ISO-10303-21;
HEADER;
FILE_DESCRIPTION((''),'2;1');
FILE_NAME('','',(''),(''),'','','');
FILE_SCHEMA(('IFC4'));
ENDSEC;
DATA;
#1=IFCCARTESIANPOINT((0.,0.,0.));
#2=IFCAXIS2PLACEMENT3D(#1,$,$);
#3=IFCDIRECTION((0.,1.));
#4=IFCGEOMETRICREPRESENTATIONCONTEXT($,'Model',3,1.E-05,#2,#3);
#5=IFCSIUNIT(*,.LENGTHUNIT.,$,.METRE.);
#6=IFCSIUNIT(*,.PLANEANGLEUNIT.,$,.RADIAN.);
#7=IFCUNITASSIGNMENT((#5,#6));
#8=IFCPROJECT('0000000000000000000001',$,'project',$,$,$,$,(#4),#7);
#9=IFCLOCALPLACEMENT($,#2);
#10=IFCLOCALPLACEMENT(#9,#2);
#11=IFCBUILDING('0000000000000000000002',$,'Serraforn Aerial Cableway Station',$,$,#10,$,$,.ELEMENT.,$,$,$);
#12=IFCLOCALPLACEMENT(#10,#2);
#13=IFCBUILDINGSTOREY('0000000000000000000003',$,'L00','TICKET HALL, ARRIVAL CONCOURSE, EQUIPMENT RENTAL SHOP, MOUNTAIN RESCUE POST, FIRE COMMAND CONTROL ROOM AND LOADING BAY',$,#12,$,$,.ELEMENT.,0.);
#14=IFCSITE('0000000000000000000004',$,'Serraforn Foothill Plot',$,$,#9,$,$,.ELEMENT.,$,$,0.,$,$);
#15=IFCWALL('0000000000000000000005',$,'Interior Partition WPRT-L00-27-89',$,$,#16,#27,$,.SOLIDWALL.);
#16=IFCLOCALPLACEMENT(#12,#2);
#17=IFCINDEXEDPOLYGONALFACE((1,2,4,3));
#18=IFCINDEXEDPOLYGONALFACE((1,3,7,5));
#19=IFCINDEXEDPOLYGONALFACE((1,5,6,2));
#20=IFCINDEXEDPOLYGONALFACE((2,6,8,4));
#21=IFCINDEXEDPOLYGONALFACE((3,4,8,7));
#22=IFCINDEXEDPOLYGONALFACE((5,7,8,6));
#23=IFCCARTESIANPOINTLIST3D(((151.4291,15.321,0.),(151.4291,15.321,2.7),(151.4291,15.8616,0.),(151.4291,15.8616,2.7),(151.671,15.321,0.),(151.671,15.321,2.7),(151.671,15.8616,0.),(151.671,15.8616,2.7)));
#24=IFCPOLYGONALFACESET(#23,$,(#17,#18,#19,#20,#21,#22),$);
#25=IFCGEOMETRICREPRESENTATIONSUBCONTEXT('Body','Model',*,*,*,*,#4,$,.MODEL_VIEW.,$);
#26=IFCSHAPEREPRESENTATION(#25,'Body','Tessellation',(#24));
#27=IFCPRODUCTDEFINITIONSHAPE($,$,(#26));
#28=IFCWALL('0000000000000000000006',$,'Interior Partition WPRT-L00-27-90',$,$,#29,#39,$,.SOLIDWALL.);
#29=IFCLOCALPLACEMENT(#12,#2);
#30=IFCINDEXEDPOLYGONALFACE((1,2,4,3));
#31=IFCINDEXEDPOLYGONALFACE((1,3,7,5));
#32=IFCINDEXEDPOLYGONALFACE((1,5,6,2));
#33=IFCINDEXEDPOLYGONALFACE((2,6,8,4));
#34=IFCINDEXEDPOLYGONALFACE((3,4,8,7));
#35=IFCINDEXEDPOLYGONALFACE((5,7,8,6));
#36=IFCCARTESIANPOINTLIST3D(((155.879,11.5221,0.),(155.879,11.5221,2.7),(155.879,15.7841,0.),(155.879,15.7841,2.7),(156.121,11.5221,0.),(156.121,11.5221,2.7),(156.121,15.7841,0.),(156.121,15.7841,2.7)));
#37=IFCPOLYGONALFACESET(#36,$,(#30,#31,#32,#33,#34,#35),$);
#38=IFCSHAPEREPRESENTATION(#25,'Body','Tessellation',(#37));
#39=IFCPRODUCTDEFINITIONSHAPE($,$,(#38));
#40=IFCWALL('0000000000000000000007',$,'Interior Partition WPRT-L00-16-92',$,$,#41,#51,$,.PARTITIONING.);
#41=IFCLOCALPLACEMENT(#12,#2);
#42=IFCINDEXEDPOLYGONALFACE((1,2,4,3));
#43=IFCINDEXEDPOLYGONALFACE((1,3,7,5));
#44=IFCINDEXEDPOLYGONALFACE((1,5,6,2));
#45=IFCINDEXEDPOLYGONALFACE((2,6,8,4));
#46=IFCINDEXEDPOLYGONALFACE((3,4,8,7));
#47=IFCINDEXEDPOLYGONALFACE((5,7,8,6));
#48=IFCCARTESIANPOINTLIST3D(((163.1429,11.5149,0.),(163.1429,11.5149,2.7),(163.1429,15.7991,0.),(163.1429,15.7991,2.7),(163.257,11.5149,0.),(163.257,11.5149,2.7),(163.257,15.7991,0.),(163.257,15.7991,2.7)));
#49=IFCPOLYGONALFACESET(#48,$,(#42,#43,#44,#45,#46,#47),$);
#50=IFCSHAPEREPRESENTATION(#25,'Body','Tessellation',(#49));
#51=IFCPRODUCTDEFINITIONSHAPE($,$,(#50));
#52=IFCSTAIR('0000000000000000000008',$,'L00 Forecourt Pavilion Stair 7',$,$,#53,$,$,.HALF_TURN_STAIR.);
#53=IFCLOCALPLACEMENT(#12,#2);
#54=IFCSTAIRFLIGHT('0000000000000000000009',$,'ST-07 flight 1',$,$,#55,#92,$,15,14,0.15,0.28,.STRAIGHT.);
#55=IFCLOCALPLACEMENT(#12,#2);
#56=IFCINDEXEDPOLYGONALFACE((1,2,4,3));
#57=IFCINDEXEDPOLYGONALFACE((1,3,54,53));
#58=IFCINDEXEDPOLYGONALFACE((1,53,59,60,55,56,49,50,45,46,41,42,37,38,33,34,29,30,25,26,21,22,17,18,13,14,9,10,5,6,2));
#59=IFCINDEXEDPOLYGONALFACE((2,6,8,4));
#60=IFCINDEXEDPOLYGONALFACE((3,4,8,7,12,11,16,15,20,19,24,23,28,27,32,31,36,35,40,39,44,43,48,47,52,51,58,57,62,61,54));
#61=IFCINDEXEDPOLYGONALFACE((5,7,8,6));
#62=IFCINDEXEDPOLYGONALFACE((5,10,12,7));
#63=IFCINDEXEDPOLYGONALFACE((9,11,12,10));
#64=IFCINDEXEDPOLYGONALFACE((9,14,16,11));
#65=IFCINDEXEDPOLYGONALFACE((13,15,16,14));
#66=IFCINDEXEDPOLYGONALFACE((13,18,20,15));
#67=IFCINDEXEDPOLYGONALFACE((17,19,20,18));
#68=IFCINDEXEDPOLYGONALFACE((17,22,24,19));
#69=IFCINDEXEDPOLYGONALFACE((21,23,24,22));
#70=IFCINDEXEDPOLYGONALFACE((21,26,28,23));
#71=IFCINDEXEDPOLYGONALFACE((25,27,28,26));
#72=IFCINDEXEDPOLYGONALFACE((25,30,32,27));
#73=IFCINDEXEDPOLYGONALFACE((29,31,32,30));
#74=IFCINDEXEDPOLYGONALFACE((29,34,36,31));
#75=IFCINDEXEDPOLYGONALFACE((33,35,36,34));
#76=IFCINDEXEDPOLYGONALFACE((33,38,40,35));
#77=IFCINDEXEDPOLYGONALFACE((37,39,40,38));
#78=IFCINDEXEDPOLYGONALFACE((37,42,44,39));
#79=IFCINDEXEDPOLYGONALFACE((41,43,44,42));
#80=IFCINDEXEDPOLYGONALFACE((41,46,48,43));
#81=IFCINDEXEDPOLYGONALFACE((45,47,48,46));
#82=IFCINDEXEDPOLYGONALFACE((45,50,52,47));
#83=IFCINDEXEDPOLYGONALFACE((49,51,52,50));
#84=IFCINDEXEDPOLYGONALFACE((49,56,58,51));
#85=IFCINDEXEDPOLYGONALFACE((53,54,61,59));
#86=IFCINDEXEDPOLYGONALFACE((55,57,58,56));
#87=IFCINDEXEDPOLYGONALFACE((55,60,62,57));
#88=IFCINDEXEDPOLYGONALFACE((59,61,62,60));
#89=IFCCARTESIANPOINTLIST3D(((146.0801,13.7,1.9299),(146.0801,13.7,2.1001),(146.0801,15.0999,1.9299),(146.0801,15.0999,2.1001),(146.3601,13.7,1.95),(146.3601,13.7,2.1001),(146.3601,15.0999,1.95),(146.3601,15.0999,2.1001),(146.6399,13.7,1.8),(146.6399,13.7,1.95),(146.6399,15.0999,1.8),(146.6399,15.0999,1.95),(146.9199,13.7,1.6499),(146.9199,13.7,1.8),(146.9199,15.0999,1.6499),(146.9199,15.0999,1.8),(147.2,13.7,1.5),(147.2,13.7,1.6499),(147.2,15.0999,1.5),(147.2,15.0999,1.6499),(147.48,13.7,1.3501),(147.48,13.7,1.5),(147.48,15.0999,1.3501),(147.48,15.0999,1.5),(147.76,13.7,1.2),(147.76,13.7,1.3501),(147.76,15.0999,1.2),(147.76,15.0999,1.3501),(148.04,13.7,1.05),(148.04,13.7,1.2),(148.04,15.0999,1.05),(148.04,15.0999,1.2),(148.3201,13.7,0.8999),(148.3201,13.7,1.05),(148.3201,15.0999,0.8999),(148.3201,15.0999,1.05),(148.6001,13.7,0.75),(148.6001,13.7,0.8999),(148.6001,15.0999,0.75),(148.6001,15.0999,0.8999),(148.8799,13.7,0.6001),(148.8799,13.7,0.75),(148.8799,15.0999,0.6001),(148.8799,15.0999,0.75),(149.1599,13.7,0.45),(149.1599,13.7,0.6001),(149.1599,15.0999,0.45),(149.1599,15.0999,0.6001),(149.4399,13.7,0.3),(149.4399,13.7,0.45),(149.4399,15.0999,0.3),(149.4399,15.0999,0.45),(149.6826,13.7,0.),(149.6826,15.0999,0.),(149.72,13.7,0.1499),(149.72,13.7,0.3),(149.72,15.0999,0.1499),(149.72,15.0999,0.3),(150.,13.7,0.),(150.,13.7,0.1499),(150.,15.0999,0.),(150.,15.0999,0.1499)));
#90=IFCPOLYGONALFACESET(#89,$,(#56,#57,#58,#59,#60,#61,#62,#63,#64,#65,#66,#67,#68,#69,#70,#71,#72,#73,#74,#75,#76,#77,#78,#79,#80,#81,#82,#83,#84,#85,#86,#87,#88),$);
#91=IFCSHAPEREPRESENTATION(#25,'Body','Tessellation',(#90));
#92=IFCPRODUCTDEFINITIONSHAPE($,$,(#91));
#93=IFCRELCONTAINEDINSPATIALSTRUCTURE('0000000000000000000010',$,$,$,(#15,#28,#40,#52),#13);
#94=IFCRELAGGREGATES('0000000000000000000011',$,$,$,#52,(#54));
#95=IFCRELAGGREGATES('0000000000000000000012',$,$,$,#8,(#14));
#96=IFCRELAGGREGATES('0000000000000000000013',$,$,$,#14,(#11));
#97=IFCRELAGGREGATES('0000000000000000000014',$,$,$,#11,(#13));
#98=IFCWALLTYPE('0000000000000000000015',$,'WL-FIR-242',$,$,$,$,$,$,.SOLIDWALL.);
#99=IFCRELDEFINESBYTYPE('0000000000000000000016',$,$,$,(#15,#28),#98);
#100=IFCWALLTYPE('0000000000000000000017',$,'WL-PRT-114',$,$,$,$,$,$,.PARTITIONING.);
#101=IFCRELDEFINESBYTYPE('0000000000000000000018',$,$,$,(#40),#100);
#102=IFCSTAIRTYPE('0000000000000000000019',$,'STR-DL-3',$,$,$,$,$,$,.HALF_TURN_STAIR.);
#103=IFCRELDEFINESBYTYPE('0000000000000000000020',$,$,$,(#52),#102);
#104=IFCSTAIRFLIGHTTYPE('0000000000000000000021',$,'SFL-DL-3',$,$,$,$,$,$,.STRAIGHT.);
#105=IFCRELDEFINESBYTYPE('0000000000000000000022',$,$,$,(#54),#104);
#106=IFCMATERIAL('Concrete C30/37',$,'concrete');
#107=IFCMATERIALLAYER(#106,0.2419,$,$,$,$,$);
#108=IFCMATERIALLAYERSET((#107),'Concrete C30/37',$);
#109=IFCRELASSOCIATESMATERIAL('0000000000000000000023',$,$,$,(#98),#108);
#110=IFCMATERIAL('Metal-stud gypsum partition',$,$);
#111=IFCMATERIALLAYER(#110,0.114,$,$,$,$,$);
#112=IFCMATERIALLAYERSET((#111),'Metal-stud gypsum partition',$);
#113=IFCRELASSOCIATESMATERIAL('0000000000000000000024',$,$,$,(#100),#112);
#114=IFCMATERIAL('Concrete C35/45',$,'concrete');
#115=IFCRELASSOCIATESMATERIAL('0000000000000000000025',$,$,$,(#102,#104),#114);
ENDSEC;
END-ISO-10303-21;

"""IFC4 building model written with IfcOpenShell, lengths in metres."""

from ifc_helpers import new_model, si_unit, direction, frame, frame_2d, origin, place, context, subcontext, project, spatial, polyline, rectangle, outline, extrude, material, layer, layer_set, type_object, element, aggregate, save


model = new_model("IFC4")

# Units and contexts
model_context = context("Model", 3, precision=1e-05, world=origin(), true_north=direction((0.0, 1.0)))
body_context = subcontext(model_context, "Body", "Model", "MODEL_VIEW")
ifc_project = project(units=[si_unit("LENGTHUNIT", "METRE"), si_unit("PLANEANGLEUNIT", "RADIAN")], contexts=[model_context])

# Site, building, storey
site_placement = place(None, origin())
site = spatial("IfcSite", under=ifc_project, at=site_placement, Name="Serraforn Foothill Plot", CompositionType="ELEMENT", RefElevation=0.0)
building_placement = place(site_placement, origin())
building = spatial("IfcBuilding", under=site, at=building_placement, Name="Serraforn Aerial Cableway Station", CompositionType="ELEMENT")
storey_placement = place(building_placement, origin())
storey = spatial("IfcBuildingStorey", under=building, at=storey_placement, Name="L00", Description="TICKET HALL, ARRIVAL CONCOURSE, EQUIPMENT RENTAL SHOP, MOUNTAIN RESCUE POST, FIRE COMMAND CONTROL ROOM AND LOADING BAY", CompositionType="ELEMENT", Elevation=0.0)

# Shared definitions
ifc_material_1 = material(Name="Concrete C35/45", Category="concrete")

# Walls
ifc_material_2 = material(Name="Concrete C30/37", Category="concrete")
ifc_layer_1 = layer(ifc_material_2, 0.2419)
ifc_layer_set_1 = layer_set([ifc_layer_1], Name="Concrete C30/37")
wall_type_1 = type_object("IfcWallType", Name="WL-FIR-242", PredefinedType="SOLIDWALL", material=ifc_layer_set_1)
wall_1_placement = place(storey_placement, frame((151.55, 15.321, 0.0), z_axis=(0.0, 0.0, 1.0), x_axis=(0.0, 1.0, 0.0)))
element("IfcWall", 1, at=wall_1_placement, inside=storey, type_object=wall_type_1, Name="Interior Partition WPRT-L00-27-89", PredefinedType="SOLIDWALL", context=body_context, shape_type="SweptSolid", body=[
    extrude(rectangle(XDim=0.5405, YDim=0.2419, at=frame_2d((0.2703, 0.0))), origin(), (0.0, 0.0, 1.0), 2.7),
])
wall_2_placement = place(storey_placement, frame((156.0, 15.7839, 0.0), z_axis=(0.0, 0.0, 1.0), x_axis=(0.0, -1.0, 0.0)))
element("IfcWall", 2, at=wall_2_placement, inside=storey, type_object=wall_type_1, Name="Interior Partition WPRT-L00-27-90", PredefinedType="SOLIDWALL", context=body_context, shape_type="SweptSolid", body=[
    extrude(rectangle(XDim=4.262, YDim=0.2419, at=frame_2d((2.1309, 0.0))), origin(), (0.0, 0.0, 1.0), 2.7),
])
ifc_material_3 = material(Name="Metal-stud gypsum partition")
ifc_layer_2 = layer(ifc_material_3, 0.114)
ifc_layer_set_2 = layer_set([ifc_layer_2], Name="Metal-stud gypsum partition")
wall_type_2 = type_object("IfcWallType", Name="WL-PRT-114", PredefinedType="PARTITIONING", material=ifc_layer_set_2)
wall_3_placement = place(storey_placement, frame((163.2, 15.7991, 0.0), z_axis=(0.0, 0.0, 1.0), x_axis=(0.0, -1.0, 0.0)))
element("IfcWall", 3, at=wall_3_placement, inside=storey, type_object=wall_type_2, Name="Interior Partition WPRT-L00-16-92", PredefinedType="PARTITIONING", context=body_context, shape_type="SweptSolid", body=[
    extrude(rectangle(XDim=4.2842, YDim=0.114, at=frame_2d((2.1421, 0.0))), origin(), (0.0, 0.0, 1.0), 2.7),
])

# Stair, stair flight
stair_type = type_object("IfcStairType", Name="STR-DL-3", PredefinedType="HALF_TURN_STAIR", material=ifc_material_1)
stair_placement = place(storey_placement, origin())
stair = element("IfcStair", 4, at=stair_placement, inside=storey, type_object=stair_type, Name="L00 Forecourt Pavilion Stair 7", PredefinedType="HALF_TURN_STAIR")
stair_flight_type = type_object("IfcStairFlightType", Name="SFL-DL-3", PredefinedType="STRAIGHT", material=ifc_material_1)
stair_flight_placement = place(storey_placement, frame((150.0, 14.3999, 0.0), z_axis=(0.0, 0.0, 1.0), x_axis=(-1.0, 0.0, 0.0)))
stair_flight = element("IfcStairFlight", 5, at=stair_flight_placement, type_object=stair_flight_type, Name="ST-07 flight 1", NumberOfRisers=15, NumberOfTreads=14, PredefinedType="STRAIGHT", RiserHeight=0.15, TreadLength=0.28, context=body_context, shape_type="SweptSolid", body=[
    extrude(outline(polyline([(0.0, 0.0), (0.0, 0.1499), (0.28, 0.1499), (0.28, 0.3), (0.5601, 0.3), (0.5601, 0.45), (0.8401, 0.45), (0.8401, 0.6001), (1.1201, 0.6001), (1.1201, 0.75), (1.3999, 0.75), (1.3999, 0.8999), (1.6799, 0.8999), (1.6799, 1.05), (1.96, 1.05), (1.96, 1.2), (2.24, 1.2), (2.24, 1.3501), (2.52, 1.3501), (2.52, 1.5), (2.8, 1.5), (2.8, 1.6499), (3.0801, 1.6499), (3.0801, 1.8), (3.3601, 1.8), (3.3601, 1.95), (3.6399, 1.95), (3.6399, 2.1001), (3.9199, 2.1001), (3.9199, 2.25), (3.9199, 1.9299), (0.3174, 0.0), (0.0, 0.0)])), frame((0.0, 0.7, 0.0), z_axis=(0.0, -1.0, 0.0), x_axis=(1.0, 0.0, 0.0)), (0.0, 0.0, 1.0), 1.3999),
])
aggregate(stair, [stair_flight])

save(model, "model.ifc")
